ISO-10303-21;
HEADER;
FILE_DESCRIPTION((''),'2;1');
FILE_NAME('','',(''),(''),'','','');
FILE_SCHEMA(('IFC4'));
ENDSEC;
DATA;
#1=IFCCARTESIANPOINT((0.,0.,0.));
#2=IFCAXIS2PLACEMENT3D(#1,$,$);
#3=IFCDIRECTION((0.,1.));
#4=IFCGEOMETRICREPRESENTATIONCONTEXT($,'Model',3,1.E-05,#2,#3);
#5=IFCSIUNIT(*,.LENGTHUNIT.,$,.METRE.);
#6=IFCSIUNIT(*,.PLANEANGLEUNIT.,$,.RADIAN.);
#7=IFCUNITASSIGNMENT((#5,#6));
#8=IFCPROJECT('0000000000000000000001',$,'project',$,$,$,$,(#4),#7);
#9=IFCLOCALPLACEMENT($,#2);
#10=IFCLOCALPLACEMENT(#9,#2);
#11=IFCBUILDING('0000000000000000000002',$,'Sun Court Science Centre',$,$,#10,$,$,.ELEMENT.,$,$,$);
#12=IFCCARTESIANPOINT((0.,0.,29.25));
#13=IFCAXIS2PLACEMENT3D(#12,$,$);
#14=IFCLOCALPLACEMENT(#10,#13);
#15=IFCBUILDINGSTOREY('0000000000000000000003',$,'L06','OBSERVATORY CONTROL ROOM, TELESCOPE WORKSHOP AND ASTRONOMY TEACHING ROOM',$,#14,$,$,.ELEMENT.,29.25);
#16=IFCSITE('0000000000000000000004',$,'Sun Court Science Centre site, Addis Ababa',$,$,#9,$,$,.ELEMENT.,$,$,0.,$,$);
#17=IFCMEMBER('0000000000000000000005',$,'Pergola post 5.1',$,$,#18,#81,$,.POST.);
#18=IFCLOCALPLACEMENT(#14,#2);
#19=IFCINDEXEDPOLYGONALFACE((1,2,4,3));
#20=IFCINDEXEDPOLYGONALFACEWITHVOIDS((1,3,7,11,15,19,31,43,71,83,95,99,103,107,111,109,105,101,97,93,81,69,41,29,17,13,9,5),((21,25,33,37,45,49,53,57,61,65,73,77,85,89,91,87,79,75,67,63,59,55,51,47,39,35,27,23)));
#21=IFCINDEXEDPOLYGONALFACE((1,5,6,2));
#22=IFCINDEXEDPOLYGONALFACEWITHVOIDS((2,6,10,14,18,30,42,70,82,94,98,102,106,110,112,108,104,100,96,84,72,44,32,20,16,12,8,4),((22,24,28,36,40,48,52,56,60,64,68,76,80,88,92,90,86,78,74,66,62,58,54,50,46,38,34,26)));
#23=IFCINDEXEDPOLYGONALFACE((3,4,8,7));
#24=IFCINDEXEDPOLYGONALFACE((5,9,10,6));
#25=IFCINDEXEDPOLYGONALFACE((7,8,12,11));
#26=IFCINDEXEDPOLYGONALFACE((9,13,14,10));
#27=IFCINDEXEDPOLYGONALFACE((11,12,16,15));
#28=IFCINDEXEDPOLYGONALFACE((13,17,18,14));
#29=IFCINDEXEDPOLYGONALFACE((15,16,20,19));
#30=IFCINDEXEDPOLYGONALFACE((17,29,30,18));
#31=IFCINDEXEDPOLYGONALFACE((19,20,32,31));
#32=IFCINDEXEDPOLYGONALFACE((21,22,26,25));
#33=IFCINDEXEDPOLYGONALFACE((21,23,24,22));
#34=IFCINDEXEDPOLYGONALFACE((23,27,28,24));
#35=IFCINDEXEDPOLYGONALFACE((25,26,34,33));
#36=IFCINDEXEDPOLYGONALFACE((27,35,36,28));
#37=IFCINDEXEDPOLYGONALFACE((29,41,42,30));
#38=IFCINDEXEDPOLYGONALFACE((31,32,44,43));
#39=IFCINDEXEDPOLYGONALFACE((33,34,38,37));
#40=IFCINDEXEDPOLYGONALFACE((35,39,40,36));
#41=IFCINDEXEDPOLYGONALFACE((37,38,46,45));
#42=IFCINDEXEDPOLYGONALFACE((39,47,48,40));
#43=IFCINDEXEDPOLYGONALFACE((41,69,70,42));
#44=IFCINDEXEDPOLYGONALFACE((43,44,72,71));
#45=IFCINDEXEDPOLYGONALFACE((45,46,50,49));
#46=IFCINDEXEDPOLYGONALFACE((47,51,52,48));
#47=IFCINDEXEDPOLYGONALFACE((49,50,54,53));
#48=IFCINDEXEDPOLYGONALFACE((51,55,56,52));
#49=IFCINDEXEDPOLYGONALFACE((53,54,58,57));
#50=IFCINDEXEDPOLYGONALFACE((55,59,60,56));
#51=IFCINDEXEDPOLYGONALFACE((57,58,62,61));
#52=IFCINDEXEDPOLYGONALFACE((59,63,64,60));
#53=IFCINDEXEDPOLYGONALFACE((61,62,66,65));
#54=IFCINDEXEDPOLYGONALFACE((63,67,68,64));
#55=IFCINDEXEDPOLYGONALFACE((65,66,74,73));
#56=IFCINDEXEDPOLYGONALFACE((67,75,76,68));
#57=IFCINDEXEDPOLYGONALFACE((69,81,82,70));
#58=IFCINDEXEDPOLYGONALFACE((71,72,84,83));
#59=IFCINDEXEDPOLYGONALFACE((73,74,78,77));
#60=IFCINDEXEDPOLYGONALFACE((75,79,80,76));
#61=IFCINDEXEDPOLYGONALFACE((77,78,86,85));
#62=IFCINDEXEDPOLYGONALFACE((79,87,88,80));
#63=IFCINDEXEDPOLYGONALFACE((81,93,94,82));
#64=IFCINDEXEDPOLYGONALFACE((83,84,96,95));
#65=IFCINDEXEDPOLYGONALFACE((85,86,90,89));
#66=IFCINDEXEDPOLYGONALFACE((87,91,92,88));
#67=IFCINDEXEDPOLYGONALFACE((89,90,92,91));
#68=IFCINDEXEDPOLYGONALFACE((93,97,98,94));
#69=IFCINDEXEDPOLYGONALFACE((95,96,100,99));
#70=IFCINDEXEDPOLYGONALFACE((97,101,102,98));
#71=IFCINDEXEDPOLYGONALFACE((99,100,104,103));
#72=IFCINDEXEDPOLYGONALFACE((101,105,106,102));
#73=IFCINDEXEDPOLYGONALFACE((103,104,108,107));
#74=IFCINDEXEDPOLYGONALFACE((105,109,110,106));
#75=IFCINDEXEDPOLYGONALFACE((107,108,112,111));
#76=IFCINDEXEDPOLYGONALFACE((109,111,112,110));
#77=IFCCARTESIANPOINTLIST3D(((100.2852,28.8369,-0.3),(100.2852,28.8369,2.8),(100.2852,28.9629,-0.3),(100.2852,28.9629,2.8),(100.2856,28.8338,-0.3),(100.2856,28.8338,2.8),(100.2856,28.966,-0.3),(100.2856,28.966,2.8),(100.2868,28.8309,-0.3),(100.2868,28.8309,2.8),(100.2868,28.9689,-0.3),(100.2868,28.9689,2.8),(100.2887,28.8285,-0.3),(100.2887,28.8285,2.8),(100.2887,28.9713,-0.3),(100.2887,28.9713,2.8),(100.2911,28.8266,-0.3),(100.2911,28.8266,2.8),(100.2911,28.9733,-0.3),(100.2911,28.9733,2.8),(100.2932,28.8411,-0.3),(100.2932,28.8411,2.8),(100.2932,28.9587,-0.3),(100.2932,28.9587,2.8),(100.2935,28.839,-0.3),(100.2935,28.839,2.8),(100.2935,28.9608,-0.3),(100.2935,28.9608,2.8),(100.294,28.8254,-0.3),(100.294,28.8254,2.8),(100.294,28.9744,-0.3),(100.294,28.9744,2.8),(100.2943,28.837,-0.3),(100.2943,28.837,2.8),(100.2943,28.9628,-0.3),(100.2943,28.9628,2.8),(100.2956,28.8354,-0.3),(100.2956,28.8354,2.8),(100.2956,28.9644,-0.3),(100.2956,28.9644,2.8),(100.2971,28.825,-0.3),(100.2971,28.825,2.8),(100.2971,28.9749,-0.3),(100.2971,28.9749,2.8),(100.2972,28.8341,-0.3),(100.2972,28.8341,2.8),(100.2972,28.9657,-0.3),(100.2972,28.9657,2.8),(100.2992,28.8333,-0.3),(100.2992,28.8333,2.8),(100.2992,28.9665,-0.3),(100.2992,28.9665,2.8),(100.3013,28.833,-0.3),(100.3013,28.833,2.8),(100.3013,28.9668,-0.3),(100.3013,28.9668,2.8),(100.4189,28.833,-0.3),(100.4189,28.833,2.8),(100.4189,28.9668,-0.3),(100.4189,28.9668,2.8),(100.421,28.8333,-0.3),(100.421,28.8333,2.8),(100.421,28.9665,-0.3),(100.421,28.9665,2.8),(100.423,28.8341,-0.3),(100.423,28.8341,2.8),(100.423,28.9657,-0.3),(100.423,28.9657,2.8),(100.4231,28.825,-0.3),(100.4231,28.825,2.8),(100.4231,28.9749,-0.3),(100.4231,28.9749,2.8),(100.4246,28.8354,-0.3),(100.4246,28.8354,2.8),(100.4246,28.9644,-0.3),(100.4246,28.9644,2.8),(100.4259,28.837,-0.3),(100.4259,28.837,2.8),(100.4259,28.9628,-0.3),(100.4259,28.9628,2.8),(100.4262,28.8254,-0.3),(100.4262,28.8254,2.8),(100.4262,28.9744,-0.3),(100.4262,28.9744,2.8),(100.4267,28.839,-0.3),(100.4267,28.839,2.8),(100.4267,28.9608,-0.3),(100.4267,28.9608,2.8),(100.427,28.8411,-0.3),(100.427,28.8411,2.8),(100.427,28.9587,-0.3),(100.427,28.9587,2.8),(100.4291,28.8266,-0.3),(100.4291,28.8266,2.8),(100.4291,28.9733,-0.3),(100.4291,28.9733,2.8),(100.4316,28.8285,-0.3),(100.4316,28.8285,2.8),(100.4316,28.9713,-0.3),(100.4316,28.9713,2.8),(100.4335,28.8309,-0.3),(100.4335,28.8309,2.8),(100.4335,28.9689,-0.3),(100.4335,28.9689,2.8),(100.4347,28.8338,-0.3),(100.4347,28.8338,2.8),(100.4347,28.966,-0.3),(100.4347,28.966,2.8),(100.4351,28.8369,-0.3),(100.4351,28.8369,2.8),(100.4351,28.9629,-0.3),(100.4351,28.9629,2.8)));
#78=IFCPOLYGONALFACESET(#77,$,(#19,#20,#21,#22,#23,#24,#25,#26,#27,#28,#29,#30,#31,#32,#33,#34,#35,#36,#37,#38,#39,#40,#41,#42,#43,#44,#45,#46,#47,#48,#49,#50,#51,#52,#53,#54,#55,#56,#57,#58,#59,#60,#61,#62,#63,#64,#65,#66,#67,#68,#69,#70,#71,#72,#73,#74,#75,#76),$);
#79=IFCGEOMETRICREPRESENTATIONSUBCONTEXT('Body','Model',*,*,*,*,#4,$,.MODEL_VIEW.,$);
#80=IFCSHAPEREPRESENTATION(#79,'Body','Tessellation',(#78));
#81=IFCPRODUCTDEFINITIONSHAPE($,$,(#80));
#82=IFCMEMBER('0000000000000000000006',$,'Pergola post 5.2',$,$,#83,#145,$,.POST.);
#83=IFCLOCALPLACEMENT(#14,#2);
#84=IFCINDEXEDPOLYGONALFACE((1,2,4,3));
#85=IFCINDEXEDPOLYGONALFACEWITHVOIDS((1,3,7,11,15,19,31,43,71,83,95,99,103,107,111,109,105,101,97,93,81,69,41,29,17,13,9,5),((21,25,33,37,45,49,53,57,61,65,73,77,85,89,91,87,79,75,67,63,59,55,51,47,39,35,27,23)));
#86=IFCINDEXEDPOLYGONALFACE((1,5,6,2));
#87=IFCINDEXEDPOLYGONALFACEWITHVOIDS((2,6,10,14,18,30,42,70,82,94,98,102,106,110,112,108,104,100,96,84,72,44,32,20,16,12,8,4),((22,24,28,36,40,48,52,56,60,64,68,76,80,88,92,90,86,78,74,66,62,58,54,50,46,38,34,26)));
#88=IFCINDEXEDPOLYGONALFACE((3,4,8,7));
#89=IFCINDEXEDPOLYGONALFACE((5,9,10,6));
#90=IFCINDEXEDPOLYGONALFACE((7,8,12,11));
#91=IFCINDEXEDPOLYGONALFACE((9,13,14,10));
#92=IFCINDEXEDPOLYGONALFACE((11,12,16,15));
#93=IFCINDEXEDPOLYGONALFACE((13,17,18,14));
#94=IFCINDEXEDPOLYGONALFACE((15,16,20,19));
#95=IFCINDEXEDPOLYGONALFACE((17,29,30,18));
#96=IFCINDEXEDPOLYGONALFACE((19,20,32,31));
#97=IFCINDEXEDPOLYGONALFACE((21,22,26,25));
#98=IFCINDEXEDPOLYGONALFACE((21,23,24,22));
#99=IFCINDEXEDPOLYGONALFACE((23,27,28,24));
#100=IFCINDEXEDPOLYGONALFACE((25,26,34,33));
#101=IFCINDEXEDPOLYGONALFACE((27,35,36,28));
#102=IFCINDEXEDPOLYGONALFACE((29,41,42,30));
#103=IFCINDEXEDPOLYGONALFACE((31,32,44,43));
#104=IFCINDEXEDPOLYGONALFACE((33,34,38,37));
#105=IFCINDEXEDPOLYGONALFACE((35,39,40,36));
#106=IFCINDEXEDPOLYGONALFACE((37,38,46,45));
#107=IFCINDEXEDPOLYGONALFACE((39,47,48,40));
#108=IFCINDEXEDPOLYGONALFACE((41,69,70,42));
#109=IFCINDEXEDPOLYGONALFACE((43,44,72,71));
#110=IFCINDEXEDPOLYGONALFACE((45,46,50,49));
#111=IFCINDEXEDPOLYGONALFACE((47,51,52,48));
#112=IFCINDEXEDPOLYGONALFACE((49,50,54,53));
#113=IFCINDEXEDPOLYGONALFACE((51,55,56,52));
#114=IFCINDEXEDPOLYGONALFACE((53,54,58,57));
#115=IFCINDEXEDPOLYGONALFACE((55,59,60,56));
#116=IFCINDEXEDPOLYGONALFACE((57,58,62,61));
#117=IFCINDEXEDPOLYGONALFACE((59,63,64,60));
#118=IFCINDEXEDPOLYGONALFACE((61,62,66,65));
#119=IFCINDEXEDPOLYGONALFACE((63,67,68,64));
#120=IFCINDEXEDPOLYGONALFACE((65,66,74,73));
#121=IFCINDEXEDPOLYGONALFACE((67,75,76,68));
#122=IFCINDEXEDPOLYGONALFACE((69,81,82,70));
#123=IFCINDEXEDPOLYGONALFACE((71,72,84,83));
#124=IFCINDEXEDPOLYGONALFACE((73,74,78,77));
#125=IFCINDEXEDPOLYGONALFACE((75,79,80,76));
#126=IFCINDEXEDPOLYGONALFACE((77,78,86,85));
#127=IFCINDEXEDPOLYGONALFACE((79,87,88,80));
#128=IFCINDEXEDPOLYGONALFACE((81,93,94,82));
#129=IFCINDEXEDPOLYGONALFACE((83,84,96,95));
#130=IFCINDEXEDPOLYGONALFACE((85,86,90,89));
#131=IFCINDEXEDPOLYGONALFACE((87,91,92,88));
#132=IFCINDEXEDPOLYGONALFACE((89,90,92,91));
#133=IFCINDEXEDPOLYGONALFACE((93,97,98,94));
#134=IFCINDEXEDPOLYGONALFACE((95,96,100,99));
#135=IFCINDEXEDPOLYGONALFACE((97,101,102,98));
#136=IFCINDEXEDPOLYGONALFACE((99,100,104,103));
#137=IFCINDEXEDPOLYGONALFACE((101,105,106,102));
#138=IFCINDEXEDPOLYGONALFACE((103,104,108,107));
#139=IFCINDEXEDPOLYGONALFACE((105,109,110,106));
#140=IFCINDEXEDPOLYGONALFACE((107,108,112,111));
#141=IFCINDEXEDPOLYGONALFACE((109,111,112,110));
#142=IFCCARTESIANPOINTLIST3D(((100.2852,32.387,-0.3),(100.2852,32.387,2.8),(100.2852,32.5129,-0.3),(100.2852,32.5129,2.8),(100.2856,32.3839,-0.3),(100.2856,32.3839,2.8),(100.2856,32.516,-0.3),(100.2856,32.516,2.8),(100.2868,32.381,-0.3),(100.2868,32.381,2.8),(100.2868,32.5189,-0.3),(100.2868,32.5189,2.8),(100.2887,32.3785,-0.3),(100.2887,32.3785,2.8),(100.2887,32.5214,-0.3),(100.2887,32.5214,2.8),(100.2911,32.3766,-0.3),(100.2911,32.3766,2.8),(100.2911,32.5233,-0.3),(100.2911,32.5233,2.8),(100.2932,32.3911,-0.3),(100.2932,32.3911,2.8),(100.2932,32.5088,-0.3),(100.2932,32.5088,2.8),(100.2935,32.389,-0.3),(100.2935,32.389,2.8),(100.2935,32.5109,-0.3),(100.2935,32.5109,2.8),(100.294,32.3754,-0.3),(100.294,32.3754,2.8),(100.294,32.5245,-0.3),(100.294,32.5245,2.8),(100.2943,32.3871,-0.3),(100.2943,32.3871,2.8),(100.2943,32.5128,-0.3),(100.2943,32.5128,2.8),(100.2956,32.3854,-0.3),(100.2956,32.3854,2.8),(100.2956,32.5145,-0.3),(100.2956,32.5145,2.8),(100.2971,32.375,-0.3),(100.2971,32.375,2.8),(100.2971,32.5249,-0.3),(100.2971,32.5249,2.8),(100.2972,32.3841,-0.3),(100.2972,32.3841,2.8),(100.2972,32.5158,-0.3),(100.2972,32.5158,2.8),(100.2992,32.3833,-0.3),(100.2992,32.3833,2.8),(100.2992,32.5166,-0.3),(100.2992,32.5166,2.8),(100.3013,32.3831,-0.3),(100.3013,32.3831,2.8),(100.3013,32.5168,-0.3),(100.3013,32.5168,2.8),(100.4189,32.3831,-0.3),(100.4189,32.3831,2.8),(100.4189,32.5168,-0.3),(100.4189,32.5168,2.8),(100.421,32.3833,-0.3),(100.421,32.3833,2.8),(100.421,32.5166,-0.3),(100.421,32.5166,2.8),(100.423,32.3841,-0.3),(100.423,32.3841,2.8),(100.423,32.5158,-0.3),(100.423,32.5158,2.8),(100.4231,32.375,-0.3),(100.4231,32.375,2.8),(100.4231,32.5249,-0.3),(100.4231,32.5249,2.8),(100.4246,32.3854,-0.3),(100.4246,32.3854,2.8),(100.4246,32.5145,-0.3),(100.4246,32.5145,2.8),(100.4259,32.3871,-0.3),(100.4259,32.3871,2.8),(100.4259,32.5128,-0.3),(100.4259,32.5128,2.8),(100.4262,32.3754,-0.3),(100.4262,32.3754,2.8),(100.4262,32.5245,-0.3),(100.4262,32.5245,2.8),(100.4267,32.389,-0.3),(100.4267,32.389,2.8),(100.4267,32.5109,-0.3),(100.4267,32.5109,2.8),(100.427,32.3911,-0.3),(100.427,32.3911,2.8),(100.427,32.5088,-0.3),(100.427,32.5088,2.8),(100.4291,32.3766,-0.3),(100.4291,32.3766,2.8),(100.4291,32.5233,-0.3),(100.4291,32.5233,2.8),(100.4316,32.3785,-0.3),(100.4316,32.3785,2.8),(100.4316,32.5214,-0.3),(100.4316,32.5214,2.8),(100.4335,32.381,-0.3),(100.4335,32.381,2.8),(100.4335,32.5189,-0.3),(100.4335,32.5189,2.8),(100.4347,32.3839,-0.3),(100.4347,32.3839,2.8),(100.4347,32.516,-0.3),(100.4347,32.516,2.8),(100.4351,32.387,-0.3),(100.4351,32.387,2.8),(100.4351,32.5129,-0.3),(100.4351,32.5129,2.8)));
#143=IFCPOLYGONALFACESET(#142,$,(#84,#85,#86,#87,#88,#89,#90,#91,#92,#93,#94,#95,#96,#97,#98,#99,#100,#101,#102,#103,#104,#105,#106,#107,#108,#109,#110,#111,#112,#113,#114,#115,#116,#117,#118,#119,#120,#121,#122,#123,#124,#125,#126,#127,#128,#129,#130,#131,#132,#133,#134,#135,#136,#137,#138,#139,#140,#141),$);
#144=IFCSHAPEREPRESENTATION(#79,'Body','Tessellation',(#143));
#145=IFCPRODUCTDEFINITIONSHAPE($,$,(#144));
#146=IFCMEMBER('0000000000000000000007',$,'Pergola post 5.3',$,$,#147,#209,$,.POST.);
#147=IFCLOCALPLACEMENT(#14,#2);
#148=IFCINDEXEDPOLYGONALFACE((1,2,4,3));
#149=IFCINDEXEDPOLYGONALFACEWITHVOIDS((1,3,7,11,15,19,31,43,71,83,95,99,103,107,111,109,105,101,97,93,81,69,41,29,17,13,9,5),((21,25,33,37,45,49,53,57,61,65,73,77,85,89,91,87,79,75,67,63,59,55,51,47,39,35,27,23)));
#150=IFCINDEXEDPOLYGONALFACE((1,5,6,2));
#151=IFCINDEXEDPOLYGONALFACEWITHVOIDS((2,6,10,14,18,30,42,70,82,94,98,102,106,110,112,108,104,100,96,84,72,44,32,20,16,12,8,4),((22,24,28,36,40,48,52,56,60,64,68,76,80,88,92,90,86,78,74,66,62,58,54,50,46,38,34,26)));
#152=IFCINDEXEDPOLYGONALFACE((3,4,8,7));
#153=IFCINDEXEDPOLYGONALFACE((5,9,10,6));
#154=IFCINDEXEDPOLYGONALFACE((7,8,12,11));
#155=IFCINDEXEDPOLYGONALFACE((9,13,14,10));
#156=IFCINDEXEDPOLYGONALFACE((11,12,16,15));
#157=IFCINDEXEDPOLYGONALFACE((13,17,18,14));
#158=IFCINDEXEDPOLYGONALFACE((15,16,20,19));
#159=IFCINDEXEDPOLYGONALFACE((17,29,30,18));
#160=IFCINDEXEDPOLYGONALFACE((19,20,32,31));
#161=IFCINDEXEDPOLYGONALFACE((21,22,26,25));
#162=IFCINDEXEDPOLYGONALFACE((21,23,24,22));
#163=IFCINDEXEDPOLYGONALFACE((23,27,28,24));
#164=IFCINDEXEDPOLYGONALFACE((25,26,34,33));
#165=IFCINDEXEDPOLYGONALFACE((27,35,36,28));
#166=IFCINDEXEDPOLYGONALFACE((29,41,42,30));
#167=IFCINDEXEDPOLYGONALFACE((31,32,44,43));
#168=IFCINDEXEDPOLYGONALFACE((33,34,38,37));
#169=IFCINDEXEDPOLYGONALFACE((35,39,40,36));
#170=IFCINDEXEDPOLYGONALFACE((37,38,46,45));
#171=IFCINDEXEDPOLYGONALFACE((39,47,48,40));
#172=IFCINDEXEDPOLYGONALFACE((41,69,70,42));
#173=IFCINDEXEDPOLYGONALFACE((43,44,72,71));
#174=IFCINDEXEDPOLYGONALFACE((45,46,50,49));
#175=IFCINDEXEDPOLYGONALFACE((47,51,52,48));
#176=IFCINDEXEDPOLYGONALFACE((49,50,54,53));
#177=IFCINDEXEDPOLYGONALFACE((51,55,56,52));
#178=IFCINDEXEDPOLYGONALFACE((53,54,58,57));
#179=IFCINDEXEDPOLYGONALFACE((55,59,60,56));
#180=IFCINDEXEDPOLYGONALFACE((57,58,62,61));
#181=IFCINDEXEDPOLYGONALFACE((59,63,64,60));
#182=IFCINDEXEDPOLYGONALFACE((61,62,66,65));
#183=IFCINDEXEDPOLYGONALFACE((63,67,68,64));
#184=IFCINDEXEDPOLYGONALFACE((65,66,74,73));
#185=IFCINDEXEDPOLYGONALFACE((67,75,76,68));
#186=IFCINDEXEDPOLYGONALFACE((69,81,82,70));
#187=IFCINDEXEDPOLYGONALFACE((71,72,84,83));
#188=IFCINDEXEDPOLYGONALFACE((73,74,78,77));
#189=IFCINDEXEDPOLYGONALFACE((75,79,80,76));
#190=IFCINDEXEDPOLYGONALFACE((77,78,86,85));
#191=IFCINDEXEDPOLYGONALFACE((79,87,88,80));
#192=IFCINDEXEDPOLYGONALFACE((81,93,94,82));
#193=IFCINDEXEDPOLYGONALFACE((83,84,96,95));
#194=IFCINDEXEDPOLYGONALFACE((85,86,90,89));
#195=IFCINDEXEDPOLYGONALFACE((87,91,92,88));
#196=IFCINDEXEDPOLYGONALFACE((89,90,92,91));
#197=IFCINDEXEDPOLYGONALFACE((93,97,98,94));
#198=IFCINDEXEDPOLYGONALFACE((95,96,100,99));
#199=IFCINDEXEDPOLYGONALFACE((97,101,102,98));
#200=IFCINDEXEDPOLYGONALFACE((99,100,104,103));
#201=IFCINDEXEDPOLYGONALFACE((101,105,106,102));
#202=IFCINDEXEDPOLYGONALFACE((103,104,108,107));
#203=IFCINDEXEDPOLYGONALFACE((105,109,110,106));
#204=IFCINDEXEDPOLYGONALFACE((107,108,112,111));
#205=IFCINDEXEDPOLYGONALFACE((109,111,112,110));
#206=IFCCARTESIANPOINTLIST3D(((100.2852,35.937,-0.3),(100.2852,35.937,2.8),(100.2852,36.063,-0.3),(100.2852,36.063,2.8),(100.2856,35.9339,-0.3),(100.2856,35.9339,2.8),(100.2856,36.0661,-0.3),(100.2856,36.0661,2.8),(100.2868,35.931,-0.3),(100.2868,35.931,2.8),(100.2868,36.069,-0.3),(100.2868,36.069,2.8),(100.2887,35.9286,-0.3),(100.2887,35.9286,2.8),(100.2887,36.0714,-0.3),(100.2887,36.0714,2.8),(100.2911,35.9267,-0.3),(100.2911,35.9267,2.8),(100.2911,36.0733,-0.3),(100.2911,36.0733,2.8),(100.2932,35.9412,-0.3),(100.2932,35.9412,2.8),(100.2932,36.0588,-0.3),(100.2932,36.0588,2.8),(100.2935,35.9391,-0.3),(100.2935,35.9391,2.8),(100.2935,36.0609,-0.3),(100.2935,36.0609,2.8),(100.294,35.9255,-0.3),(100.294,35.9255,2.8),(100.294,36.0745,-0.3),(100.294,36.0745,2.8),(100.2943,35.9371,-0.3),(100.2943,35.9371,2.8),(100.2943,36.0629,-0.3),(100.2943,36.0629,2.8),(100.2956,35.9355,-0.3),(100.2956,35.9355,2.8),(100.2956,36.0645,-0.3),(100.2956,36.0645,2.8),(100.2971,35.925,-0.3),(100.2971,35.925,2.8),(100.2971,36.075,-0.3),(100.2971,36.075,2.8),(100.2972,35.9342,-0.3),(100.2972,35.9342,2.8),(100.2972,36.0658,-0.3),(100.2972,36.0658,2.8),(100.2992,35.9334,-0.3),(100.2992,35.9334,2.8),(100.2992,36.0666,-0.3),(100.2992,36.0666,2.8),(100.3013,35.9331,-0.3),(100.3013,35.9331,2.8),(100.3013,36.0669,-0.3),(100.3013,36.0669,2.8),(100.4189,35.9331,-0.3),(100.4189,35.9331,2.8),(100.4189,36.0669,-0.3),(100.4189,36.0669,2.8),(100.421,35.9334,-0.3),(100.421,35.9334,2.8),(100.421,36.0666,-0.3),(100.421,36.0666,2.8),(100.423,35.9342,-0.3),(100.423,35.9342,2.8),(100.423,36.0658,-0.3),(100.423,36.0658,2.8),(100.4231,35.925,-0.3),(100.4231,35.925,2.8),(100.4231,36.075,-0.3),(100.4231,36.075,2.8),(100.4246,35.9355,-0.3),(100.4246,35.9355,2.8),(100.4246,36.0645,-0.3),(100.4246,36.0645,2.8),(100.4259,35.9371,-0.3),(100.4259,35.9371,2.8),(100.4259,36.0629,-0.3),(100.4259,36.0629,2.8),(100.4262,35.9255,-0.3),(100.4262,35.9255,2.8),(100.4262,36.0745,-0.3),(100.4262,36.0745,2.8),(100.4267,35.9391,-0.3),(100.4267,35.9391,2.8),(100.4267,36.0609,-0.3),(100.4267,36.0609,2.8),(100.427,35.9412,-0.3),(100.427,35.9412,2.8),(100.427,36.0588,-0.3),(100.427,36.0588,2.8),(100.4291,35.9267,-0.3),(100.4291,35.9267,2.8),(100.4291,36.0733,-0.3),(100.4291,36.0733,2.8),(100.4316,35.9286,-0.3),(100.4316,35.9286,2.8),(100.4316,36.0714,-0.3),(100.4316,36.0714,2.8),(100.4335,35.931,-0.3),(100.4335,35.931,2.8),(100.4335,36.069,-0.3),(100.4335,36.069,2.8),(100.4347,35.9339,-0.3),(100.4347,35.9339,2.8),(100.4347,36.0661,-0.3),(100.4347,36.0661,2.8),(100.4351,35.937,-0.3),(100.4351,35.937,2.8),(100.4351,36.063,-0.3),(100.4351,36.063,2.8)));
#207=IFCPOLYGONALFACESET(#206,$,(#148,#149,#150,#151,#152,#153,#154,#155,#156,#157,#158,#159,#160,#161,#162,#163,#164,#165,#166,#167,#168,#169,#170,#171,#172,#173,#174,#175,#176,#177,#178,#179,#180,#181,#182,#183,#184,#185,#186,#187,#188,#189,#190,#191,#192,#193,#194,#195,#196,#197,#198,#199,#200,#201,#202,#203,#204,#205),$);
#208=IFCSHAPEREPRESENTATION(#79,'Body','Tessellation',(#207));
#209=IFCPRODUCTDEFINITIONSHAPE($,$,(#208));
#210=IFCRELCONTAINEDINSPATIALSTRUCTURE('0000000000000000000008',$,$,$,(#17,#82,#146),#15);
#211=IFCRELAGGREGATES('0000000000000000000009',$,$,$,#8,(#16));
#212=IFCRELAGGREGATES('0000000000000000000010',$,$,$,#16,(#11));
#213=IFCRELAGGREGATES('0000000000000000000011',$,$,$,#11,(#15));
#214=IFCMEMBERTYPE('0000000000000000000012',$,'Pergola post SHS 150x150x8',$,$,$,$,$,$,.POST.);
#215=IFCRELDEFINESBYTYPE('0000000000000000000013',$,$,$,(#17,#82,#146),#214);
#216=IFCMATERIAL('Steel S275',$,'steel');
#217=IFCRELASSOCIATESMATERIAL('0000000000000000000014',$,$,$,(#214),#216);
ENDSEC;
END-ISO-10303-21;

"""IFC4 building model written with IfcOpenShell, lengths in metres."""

from ifc_helpers import new_model, si_unit, direction, frame, origin, origin_2d, place, context, subcontext, project, spatial, hollow_rectangle, extrude, material, material_profile, profile_set, type_object, element, save


model = new_model("IFC4")

# Units and contexts
model_context = context("Model", 3, precision=1e-05, world=origin(), true_north=direction((0.0, 1.0)))
body_context = subcontext(model_context, "Body", "Model", "MODEL_VIEW")
ifc_project = project(units=[si_unit("LENGTHUNIT", "METRE"), si_unit("PLANEANGLEUNIT", "RADIAN")], contexts=[model_context])

# Site, building, storey
site_placement = place(None, origin())
site = spatial("IfcSite", under=ifc_project, at=site_placement, Name="Sun Court Science Centre site, Addis Ababa", CompositionType="ELEMENT", RefElevation=0.0)
building_placement = place(site_placement, origin())
building = spatial("IfcBuilding", under=site, at=building_placement, Name="Sun Court Science Centre", CompositionType="ELEMENT")
storey_placement = place(building_placement, frame((0.0, 0.0, 29.25)))
storey = spatial("IfcBuildingStorey", under=building, at=storey_placement, Name="L06", Description="OBSERVATORY CONTROL ROOM, TELESCOPE WORKSHOP AND ASTRONOMY TEACHING ROOM", CompositionType="ELEMENT", Elevation=29.25)

# Members
ifc_material_1 = material(Name="Steel S275", Category="steel")
ifc_material_profile_1 = material_profile(ifc_material_1, hollow_rectangle(XDim=0.1499, YDim=0.1499, WallThickness=0.0081, InnerFilletRadius=0.0081, OuterFilletRadius=0.012, at=origin_2d()), Name="SHS 150x150x8")
ifc_profile_set_1 = profile_set([ifc_material_profile_1], Name="Steel S275")
member_type_1 = type_object("IfcMemberType", Name="Pergola post SHS 150x150x8", PredefinedType="POST", material=ifc_profile_set_1)
for number, where, z_axis, x_axis, name in (
    (1, (100.3601, 28.8999, -0.3), (0.0, 0.0, 1.0), (1.0, 0.0, 0.0), "Pergola post 5.1"),
    (2, (100.3601, 32.45, -0.3), (0.0, 0.0, 1.0), (1.0, 0.0, 0.0), "Pergola post 5.2"),
    (3, (100.3601, 36.0, -0.3), (0.0, 0.0, 1.0), (1.0, 0.0, 0.0), "Pergola post 5.3"),
):
    element("IfcMember", number, at=place(storey_placement, frame(where, z_axis=z_axis, x_axis=x_axis)), inside=storey, type_object=member_type_1, Name=name, PredefinedType="POST", context=body_context, shape_type="SweptSolid", body=[
        extrude(hollow_rectangle(XDim=0.1499, YDim=0.1499, WallThickness=0.0081, InnerFilletRadius=0.0081, OuterFilletRadius=0.012, at=origin_2d()), origin(), (0.0, 0.0, 1.0), 3.1001),
    ])

save(model, "model.ifc")
